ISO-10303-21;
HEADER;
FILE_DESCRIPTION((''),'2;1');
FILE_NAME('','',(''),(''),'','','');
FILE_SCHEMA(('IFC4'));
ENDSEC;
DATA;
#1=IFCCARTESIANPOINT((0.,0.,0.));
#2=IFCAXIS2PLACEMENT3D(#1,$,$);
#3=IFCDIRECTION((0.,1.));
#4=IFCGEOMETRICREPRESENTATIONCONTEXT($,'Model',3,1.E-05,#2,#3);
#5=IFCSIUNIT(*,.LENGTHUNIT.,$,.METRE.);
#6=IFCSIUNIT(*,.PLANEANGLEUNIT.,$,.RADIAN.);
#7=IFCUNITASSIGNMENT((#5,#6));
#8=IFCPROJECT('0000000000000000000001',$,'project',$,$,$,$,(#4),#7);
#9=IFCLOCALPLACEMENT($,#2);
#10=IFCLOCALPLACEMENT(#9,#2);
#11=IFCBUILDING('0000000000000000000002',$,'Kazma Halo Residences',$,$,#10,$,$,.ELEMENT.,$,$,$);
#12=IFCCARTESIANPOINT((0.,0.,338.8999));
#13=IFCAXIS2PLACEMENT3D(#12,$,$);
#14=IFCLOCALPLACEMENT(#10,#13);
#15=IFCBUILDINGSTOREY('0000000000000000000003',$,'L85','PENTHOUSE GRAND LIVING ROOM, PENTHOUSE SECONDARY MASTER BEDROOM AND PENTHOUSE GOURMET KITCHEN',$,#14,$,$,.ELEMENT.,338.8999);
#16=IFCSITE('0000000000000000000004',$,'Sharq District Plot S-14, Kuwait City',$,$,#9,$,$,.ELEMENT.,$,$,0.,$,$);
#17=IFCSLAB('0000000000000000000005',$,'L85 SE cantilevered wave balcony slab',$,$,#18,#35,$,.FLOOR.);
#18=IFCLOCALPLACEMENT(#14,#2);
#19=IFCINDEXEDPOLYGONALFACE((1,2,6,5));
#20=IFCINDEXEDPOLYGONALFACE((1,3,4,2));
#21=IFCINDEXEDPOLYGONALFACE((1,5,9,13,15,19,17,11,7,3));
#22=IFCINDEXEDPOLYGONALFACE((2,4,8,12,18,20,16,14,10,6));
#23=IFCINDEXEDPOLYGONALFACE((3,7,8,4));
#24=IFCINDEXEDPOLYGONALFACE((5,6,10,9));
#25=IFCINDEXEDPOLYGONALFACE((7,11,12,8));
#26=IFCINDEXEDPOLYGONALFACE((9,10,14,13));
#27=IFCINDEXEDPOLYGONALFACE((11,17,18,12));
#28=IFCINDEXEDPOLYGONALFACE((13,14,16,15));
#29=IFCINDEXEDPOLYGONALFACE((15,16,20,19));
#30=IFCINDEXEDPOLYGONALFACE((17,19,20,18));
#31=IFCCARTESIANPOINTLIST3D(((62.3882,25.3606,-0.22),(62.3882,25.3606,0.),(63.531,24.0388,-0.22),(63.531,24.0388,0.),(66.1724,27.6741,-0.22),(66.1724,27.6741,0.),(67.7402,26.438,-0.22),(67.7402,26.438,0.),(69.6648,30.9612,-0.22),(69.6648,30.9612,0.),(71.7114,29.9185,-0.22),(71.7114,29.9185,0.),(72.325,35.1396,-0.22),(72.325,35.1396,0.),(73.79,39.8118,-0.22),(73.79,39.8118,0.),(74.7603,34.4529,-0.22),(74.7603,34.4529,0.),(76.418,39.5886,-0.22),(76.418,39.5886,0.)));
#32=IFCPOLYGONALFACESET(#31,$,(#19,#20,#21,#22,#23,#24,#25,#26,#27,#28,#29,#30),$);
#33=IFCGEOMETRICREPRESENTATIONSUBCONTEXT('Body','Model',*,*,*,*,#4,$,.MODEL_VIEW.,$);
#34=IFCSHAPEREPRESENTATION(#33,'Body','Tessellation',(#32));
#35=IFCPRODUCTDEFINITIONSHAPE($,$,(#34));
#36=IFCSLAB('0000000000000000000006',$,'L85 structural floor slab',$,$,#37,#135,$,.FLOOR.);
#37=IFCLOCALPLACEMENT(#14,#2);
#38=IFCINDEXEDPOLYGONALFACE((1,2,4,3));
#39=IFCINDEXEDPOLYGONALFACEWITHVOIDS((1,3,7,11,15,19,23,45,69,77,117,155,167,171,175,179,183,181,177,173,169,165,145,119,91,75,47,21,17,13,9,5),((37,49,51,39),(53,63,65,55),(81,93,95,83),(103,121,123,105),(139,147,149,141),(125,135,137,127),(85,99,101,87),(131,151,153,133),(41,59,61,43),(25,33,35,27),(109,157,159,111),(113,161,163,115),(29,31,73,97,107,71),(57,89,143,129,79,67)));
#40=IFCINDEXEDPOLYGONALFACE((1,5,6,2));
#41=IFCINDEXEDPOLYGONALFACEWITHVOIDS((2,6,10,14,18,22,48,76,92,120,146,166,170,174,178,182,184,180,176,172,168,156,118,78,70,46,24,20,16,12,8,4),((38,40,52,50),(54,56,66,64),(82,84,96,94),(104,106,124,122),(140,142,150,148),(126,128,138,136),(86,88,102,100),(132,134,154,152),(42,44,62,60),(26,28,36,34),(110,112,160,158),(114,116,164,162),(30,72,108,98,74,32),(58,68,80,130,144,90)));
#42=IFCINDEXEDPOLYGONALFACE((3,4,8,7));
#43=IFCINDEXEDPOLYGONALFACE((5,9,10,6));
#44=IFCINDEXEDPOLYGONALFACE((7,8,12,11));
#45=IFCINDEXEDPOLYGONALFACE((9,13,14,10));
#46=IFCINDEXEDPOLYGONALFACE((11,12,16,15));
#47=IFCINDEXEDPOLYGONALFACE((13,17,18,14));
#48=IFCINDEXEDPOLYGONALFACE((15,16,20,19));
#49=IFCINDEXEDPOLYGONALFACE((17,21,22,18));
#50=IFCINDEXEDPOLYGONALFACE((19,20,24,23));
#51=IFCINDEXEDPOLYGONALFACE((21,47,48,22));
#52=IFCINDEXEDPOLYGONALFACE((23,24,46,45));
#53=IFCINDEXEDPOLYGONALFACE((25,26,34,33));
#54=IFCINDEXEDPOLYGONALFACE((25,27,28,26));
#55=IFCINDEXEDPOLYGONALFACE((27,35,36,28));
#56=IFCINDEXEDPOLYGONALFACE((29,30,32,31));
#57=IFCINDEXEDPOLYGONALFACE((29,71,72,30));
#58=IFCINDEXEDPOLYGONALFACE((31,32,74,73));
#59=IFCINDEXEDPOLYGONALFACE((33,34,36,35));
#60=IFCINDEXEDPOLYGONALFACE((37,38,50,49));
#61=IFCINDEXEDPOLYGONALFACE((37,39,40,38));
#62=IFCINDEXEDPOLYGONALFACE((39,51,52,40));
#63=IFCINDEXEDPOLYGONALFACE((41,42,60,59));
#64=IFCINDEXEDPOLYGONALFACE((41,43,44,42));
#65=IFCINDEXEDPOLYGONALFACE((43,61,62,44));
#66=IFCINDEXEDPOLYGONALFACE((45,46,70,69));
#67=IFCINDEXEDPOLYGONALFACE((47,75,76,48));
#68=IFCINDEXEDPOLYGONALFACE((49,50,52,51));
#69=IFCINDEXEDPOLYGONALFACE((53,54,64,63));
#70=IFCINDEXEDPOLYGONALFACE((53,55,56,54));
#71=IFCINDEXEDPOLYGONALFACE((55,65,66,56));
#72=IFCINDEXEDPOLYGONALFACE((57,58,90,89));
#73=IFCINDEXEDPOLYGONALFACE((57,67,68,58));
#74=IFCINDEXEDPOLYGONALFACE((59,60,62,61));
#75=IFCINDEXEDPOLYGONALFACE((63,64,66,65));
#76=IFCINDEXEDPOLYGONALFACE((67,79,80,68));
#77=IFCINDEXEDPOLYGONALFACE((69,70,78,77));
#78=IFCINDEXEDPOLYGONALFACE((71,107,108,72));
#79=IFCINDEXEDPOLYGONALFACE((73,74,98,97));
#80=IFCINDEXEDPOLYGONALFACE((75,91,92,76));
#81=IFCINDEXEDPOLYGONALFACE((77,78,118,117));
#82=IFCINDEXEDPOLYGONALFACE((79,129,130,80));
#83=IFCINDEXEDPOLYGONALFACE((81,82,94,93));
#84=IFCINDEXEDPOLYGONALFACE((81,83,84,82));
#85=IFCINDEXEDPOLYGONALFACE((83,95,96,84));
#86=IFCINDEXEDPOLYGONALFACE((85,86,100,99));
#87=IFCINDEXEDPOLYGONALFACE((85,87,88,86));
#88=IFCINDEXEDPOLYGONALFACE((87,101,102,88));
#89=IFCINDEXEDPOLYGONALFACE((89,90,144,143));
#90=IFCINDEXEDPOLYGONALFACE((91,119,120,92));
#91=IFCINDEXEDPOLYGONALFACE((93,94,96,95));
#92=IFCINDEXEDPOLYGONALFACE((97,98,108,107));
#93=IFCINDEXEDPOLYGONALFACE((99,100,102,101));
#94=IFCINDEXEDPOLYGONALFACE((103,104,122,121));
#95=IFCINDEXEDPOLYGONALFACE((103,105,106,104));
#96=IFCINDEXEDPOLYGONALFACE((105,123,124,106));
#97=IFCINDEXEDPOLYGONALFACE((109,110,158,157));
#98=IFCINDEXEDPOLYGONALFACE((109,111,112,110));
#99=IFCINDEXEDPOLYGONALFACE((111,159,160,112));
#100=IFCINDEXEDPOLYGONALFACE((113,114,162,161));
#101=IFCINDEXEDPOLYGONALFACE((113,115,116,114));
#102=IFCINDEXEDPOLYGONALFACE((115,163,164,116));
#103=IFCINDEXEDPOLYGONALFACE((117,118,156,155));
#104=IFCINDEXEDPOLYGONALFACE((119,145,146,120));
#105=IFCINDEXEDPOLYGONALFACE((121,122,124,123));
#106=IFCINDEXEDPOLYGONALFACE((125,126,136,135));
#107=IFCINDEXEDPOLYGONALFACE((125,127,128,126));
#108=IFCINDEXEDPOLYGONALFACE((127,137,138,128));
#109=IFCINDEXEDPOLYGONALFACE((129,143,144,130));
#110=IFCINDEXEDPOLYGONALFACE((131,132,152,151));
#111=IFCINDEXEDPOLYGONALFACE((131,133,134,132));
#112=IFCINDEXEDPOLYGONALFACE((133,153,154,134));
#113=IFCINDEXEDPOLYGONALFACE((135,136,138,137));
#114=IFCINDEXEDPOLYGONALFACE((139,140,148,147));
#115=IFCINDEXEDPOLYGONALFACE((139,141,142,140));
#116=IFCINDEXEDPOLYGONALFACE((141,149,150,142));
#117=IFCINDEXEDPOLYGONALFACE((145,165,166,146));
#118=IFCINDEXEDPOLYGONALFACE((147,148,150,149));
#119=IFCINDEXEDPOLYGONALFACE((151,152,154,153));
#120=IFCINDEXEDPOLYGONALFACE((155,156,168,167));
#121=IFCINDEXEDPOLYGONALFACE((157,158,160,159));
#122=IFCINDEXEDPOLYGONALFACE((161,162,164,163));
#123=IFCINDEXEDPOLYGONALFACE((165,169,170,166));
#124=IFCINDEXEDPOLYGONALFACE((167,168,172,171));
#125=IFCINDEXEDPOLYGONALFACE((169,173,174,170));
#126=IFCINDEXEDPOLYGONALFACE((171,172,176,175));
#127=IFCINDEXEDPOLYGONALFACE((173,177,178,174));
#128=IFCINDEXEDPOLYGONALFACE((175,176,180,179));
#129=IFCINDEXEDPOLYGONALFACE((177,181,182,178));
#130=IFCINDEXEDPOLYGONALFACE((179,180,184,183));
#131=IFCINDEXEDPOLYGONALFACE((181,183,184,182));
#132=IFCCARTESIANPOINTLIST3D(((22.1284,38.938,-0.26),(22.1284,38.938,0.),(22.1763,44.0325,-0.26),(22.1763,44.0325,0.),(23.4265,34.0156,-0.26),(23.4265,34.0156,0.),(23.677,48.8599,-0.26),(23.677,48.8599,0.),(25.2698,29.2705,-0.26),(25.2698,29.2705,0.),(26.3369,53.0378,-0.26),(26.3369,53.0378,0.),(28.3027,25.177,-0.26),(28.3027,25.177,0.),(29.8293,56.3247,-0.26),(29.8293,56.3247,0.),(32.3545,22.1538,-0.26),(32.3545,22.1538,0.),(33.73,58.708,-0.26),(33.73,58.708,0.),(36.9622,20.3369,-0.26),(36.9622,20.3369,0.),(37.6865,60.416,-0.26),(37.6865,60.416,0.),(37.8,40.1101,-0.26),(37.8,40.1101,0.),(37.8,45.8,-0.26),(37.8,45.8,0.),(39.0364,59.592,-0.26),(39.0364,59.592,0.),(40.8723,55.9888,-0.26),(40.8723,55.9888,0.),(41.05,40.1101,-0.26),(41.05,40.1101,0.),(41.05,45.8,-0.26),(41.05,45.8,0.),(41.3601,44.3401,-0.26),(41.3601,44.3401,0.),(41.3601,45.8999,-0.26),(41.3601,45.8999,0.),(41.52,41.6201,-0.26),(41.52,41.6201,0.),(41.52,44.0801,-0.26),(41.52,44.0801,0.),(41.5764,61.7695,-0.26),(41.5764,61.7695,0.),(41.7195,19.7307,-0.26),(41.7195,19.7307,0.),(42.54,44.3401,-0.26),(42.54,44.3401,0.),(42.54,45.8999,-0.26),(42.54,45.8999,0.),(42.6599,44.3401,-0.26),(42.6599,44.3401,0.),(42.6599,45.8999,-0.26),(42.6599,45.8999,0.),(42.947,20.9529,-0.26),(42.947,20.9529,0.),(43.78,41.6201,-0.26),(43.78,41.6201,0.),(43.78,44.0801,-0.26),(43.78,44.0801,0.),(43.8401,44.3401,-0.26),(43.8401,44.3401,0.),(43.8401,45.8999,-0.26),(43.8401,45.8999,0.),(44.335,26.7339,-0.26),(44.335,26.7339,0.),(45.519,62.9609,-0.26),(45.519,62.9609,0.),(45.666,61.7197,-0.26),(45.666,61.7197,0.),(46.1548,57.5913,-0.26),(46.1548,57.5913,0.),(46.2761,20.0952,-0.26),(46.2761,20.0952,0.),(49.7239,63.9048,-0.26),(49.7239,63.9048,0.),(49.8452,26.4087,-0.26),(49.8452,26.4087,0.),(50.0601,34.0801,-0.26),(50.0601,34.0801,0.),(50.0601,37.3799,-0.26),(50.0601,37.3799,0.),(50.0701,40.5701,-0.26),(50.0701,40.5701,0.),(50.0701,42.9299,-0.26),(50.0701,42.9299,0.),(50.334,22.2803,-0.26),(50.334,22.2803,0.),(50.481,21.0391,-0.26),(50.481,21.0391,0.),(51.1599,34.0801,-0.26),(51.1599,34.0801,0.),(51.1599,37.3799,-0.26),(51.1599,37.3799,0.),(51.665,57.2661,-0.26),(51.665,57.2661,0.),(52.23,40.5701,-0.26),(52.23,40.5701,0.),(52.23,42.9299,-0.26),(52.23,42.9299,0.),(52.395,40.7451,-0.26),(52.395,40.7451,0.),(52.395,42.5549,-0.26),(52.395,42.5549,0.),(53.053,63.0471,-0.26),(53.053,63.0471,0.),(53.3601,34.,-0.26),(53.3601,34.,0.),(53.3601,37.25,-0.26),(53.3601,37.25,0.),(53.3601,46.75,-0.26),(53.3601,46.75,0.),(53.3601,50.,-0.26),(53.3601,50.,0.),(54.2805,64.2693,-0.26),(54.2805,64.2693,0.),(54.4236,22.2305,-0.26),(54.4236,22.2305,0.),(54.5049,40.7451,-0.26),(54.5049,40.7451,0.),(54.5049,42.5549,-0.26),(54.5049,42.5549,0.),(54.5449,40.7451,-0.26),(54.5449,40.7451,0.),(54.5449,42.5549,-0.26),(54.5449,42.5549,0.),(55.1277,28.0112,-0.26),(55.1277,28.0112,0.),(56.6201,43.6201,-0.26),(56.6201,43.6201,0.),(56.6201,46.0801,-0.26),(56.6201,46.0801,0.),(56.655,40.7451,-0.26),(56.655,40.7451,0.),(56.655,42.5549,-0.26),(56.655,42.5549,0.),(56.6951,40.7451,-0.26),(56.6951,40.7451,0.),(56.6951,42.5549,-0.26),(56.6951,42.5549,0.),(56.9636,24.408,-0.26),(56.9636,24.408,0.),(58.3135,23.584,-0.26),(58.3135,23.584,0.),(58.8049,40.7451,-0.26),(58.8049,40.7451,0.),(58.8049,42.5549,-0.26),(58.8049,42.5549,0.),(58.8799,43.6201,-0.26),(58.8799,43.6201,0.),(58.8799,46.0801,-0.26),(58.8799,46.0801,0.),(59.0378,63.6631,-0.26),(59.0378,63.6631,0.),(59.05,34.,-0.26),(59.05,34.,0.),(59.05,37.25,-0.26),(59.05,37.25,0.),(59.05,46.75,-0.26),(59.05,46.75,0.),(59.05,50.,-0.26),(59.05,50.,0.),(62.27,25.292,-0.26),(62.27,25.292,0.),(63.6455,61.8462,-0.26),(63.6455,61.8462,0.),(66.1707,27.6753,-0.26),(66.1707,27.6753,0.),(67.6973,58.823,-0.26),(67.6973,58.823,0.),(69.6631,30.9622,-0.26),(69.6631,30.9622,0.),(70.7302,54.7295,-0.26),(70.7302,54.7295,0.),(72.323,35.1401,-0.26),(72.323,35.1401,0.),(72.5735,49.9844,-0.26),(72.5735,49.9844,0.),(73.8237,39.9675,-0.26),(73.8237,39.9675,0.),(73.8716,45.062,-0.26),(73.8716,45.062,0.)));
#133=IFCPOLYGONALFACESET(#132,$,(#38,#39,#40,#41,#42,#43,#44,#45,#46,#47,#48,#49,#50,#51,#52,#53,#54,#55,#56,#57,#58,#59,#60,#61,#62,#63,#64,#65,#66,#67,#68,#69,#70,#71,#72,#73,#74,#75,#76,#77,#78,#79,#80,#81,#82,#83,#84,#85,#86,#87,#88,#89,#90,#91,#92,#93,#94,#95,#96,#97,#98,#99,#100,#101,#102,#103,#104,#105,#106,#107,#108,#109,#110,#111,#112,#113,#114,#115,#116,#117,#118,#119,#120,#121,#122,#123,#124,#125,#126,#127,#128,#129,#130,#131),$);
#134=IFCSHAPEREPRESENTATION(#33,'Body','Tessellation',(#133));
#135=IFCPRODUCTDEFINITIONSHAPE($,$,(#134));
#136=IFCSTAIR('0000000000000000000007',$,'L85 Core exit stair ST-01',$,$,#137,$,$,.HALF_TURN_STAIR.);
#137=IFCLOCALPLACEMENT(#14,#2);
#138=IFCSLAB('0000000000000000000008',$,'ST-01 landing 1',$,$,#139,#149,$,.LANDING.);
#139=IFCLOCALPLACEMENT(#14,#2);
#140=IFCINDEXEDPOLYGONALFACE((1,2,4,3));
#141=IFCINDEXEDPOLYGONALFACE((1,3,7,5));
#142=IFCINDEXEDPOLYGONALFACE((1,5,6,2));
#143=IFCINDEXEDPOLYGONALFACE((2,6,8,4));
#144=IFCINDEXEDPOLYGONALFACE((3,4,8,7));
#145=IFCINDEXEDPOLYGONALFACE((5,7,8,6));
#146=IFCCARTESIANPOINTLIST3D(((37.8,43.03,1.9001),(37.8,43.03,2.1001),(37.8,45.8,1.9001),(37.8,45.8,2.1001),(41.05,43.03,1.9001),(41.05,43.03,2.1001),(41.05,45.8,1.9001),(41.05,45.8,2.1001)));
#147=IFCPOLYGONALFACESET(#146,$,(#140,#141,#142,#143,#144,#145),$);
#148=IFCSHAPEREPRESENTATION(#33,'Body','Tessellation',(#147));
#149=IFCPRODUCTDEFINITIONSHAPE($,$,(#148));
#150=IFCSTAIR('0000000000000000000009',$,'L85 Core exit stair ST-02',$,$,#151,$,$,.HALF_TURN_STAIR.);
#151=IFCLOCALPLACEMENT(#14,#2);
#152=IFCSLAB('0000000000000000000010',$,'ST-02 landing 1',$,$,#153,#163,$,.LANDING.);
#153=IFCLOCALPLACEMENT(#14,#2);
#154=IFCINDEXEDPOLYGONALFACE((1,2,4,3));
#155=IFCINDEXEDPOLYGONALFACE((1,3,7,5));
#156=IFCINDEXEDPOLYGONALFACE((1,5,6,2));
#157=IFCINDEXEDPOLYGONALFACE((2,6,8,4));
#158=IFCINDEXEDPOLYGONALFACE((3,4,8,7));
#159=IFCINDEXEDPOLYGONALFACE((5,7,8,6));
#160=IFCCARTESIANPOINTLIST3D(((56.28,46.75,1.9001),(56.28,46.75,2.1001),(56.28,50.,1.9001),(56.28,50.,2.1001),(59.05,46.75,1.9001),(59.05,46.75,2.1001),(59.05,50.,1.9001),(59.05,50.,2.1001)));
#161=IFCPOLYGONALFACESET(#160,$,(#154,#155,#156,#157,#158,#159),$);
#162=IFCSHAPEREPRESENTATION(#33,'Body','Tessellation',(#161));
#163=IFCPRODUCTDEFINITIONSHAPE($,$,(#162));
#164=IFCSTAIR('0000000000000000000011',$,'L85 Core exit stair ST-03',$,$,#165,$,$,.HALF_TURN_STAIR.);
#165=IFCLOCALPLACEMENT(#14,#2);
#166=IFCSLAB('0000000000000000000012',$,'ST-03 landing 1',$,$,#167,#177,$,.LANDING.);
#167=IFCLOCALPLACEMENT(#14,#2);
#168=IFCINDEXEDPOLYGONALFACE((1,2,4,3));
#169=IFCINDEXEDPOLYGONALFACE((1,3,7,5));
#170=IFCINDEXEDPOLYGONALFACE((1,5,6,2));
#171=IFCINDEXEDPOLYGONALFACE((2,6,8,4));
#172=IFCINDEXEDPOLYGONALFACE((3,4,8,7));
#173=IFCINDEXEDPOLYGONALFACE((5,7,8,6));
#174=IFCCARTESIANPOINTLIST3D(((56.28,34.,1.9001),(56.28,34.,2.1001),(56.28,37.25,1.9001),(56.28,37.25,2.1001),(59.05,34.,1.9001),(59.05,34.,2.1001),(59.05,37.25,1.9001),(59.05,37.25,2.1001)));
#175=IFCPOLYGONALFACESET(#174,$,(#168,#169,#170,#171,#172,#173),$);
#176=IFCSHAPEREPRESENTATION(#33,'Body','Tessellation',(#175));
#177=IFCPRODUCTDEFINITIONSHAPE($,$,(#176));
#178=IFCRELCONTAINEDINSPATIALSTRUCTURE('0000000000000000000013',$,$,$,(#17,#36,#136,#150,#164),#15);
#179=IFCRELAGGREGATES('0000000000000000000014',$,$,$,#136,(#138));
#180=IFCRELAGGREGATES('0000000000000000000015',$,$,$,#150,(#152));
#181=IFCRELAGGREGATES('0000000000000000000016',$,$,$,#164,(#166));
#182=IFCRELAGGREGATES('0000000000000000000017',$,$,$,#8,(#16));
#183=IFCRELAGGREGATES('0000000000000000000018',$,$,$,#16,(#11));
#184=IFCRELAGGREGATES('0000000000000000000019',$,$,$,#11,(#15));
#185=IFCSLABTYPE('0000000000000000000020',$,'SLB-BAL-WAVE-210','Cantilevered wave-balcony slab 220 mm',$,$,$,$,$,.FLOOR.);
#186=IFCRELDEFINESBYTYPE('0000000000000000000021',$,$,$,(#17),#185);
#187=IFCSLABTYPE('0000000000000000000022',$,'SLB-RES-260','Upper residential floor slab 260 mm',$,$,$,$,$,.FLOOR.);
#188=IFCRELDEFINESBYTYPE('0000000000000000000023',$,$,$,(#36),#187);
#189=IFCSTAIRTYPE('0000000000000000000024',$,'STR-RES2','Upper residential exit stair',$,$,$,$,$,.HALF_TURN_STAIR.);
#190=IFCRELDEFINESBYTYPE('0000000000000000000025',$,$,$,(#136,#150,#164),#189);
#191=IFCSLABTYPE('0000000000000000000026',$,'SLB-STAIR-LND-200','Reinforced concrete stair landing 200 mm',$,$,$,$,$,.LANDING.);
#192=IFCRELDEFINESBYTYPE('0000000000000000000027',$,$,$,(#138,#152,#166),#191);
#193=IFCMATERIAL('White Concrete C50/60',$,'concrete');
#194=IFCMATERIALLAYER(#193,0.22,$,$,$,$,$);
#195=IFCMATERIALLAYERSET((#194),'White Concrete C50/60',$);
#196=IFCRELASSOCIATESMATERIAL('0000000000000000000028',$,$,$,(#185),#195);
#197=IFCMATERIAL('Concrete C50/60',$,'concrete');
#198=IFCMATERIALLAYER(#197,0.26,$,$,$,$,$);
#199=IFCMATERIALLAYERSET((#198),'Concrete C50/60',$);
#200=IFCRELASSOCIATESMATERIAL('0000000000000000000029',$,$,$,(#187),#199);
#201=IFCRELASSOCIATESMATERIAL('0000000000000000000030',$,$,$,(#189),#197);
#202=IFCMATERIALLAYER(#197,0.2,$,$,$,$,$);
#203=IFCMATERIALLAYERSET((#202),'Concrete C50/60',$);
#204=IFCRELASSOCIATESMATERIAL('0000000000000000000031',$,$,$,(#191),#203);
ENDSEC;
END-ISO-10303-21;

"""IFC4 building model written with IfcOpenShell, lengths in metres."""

from ifc_helpers import new_model, si_unit, direction, frame, origin, place, context, subcontext, project, spatial, polyline, outline, extrude, material, layer, layer_set, type_object, element, aggregate, save


model = new_model("IFC4")

# Units and contexts
model_context = context("Model", 3, precision=1e-05, world=origin(), true_north=direction((0.0, 1.0)))
body_context = subcontext(model_context, "Body", "Model", "MODEL_VIEW")
ifc_project = project(units=[si_unit("LENGTHUNIT", "METRE"), si_unit("PLANEANGLEUNIT", "RADIAN")], contexts=[model_context])

# Site, building, storey
site_placement = place(None, origin())
site = spatial("IfcSite", under=ifc_project, at=site_placement, Name="Sharq District Plot S-14, Kuwait City", CompositionType="ELEMENT", RefElevation=0.0)
building_placement = place(site_placement, origin())
building = spatial("IfcBuilding", under=site, at=building_placement, Name="Kazma Halo Residences", CompositionType="ELEMENT")
storey_placement = place(building_placement, frame((0.0, 0.0, 338.8999)))
storey = spatial("IfcBuildingStorey", under=building, at=storey_placement, Name="L85", Description="PENTHOUSE GRAND LIVING ROOM, PENTHOUSE SECONDARY MASTER BEDROOM AND PENTHOUSE GOURMET KITCHEN", CompositionType="ELEMENT", Elevation=338.8999)

# Slabs
ifc_material_1 = material(Name="White Concrete C50/60", Category="concrete")
ifc_layer_1 = layer(ifc_material_1, 0.22)
ifc_layer_set_1 = layer_set([ifc_layer_1], Name="White Concrete C50/60")
slab_type_1 = type_object("IfcSlabType", Name="SLB-BAL-WAVE-210", Description="Cantilevered wave-balcony slab 220 mm", PredefinedType="FLOOR", material=ifc_layer_set_1)
slab_1_placement = place(storey_placement, frame((0.0, 0.0, -0.22)))
element("IfcSlab", 1, at=slab_1_placement, inside=storey, type_object=slab_type_1, Name="L85 SE cantilevered wave balcony slab", PredefinedType="FLOOR", context=body_context, shape_type="SweptSolid", body=[
    extrude(outline(polyline([(62.3882, 25.3606), (66.1724, 27.6741), (69.6648, 30.9612), (72.325, 35.1396), (73.79, 39.8118), (76.418, 39.5886), (74.7603, 34.4529), (71.7114, 29.9185), (67.7402, 26.438), (63.531, 24.0388), (62.3882, 25.3606)])), origin(), (0.0, 0.0, 1.0), 0.22),
])
ifc_material_2 = material(Name="Concrete C50/60", Category="concrete")
ifc_layer_2 = layer(ifc_material_2, 0.26)
ifc_layer_set_2 = layer_set([ifc_layer_2], Name="Concrete C50/60")
slab_type_2 = type_object("IfcSlabType", Name="SLB-RES-260", Description="Upper residential floor slab 260 mm", PredefinedType="FLOOR", material=ifc_layer_set_2)
slab_2_placement = place(storey_placement, frame((0.0, 0.0, -0.26)))
element("IfcSlab", 2, at=slab_2_placement, inside=storey, type_object=slab_type_2, Name="L85 structural floor slab", PredefinedType="FLOOR", context=body_context, shape_type="SweptSolid", body=[
    extrude(outline(polyline([(72.5735, 49.9844), (70.7302, 54.7295), (67.6973, 58.823), (63.6455, 61.8462), (59.0378, 63.6631), (54.2805, 64.2693), (49.7239, 63.9048), (45.519, 62.9609), (41.5764, 61.7695), (37.6865, 60.416), (33.73, 58.708), (29.8293, 56.3247), (26.3369, 53.0378), (23.677, 48.8599), (22.1763, 44.0325), (22.1284, 38.938), (23.4265, 34.0156), (25.2698, 29.2705), (28.3027, 25.177), (32.3545, 22.1538), (36.9622, 20.3369), (41.7195, 19.7307), (46.2761, 20.0952), (50.481, 21.0391), (54.4236, 22.2305), (58.3135, 23.584), (62.27, 25.292), (66.1707, 27.6753), (69.6631, 30.9622), (72.323, 35.1401), (73.8237, 39.9675), (73.8716, 45.062), (72.5735, 49.9844)]), holes=[polyline([(37.8, 40.1101), (41.05, 40.1101), (41.05, 45.8), (37.8, 45.8), (37.8, 40.1101)]), polyline([(53.3601, 46.75), (59.05, 46.75), (59.05, 50.0), (53.3601, 50.0), (53.3601, 46.75)]), polyline([(53.3601, 34.0), (59.05, 34.0), (59.05, 37.25), (53.3601, 37.25), (53.3601, 34.0)]), polyline([(41.52, 41.6201), (43.78, 41.6201), (43.78, 44.0801), (41.52, 44.0801), (41.52, 41.6201)]), polyline([(56.6201, 43.6201), (58.8799, 43.6201), (58.8799, 46.0801), (56.6201, 46.0801), (56.6201, 43.6201)]), polyline([(52.395, 40.7451), (54.5049, 40.7451), (54.5049, 42.5549), (52.395, 42.5549), (52.395, 40.7451)]), polyline([(54.5449, 40.7451), (56.655, 40.7451), (56.655, 42.5549), (54.5449, 42.5549), (54.5449, 40.7451)]), polyline([(56.6951, 40.7451), (58.8049, 40.7451), (58.8049, 42.5549), (56.6951, 42.5549), (56.6951, 40.7451)]), polyline([(50.0701, 40.5701), (52.23, 40.5701), (52.23, 42.9299), (50.0701, 42.9299), (50.0701, 40.5701)]), polyline([(41.3601, 44.3401), (42.54, 44.3401), (42.54, 45.8999), (41.3601, 45.8999), (41.3601, 44.3401)]), polyline([(42.6599, 44.3401), (43.8401, 44.3401), (43.8401, 45.8999), (42.6599, 45.8999), (42.6599, 44.3401)]), polyline([(50.0601, 34.0801), (51.1599, 34.0801), (51.1599, 37.3799), (50.0601, 37.3799), (50.0601, 34.0801)]), polyline([(51.665, 57.2661), (46.1548, 57.5913), (40.8723, 55.9888), (39.0364, 59.592), (45.666, 61.7197), (53.053, 63.0471), (51.665, 57.2661)]), polyline([(44.335, 26.7339), (49.8452, 26.4087), (55.1277, 28.0112), (56.9636, 24.408), (50.334, 22.2803), (42.947, 20.9529), (44.335, 26.7339)])]), origin(), (0.0, 0.0, 1.0), 0.26),
])

# Stairs, slabs
stair_type = type_object("IfcStairType", Name="STR-RES2", Description="Upper residential exit stair", PredefinedType="HALF_TURN_STAIR", material=ifc_material_2)
stair_1_placement = place(storey_placement, origin())
stair_1 = element("IfcStair", 3, at=stair_1_placement, inside=storey, type_object=stair_type, Name="L85 Core exit stair ST-01", PredefinedType="HALF_TURN_STAIR")
ifc_layer_3 = layer(ifc_material_2, 0.2)
ifc_layer_set_3 = layer_set([ifc_layer_3], Name="Concrete C50/60")
slab_type_3 = type_object("IfcSlabType", Name="SLB-STAIR-LND-200", Description="Reinforced concrete stair landing 200 mm", PredefinedType="LANDING", material=ifc_layer_set_3)
slab_3_placement = place(storey_placement, frame((0.0, 0.0, 1.9001)))
slab_3 = element("IfcSlab", 4, at=slab_3_placement, type_object=slab_type_3, Name="ST-01 landing 1", PredefinedType="LANDING", context=body_context, shape_type="SweptSolid", body=[
    extrude(outline(polyline([(41.05, 43.03), (41.05, 45.8), (37.8, 45.8), (37.8, 43.03), (41.05, 43.03)])), origin(), (0.0, 0.0, 1.0), 0.2),
])
aggregate(stair_1, [slab_3])
stair_2_placement = place(storey_placement, origin())
stair_2 = element("IfcStair", 5, at=stair_2_placement, inside=storey, type_object=stair_type, Name="L85 Core exit stair ST-02", PredefinedType="HALF_TURN_STAIR")
slab_4_placement = place(storey_placement, frame((0.0, 0.0, 1.9001)))
slab_4 = element("IfcSlab", 6, at=slab_4_placement, type_object=slab_type_3, Name="ST-02 landing 1", PredefinedType="LANDING", context=body_context, shape_type="SweptSolid", body=[
    extrude(outline(polyline([(56.28, 46.75), (59.05, 46.75), (59.05, 50.0), (56.28, 50.0), (56.28, 46.75)])), origin(), (0.0, 0.0, 1.0), 0.2),
])
aggregate(stair_2, [slab_4])
stair_3_placement = place(storey_placement, origin())
stair_3 = element("IfcStair", 7, at=stair_3_placement, inside=storey, type_object=stair_type, Name="L85 Core exit stair ST-03", PredefinedType="HALF_TURN_STAIR")
slab_5_placement = place(storey_placement, frame((0.0, 0.0, 1.9001)))
slab_5 = element("IfcSlab", 8, at=slab_5_placement, type_object=slab_type_3, Name="ST-03 landing 1", PredefinedType="LANDING", context=body_context, shape_type="SweptSolid", body=[
    extrude(outline(polyline([(56.28, 34.0), (59.05, 34.0), (59.05, 37.25), (56.28, 37.25), (56.28, 34.0)])), origin(), (0.0, 0.0, 1.0), 0.2),
])
aggregate(stair_3, [slab_5])

save(model, "model.ifc")
